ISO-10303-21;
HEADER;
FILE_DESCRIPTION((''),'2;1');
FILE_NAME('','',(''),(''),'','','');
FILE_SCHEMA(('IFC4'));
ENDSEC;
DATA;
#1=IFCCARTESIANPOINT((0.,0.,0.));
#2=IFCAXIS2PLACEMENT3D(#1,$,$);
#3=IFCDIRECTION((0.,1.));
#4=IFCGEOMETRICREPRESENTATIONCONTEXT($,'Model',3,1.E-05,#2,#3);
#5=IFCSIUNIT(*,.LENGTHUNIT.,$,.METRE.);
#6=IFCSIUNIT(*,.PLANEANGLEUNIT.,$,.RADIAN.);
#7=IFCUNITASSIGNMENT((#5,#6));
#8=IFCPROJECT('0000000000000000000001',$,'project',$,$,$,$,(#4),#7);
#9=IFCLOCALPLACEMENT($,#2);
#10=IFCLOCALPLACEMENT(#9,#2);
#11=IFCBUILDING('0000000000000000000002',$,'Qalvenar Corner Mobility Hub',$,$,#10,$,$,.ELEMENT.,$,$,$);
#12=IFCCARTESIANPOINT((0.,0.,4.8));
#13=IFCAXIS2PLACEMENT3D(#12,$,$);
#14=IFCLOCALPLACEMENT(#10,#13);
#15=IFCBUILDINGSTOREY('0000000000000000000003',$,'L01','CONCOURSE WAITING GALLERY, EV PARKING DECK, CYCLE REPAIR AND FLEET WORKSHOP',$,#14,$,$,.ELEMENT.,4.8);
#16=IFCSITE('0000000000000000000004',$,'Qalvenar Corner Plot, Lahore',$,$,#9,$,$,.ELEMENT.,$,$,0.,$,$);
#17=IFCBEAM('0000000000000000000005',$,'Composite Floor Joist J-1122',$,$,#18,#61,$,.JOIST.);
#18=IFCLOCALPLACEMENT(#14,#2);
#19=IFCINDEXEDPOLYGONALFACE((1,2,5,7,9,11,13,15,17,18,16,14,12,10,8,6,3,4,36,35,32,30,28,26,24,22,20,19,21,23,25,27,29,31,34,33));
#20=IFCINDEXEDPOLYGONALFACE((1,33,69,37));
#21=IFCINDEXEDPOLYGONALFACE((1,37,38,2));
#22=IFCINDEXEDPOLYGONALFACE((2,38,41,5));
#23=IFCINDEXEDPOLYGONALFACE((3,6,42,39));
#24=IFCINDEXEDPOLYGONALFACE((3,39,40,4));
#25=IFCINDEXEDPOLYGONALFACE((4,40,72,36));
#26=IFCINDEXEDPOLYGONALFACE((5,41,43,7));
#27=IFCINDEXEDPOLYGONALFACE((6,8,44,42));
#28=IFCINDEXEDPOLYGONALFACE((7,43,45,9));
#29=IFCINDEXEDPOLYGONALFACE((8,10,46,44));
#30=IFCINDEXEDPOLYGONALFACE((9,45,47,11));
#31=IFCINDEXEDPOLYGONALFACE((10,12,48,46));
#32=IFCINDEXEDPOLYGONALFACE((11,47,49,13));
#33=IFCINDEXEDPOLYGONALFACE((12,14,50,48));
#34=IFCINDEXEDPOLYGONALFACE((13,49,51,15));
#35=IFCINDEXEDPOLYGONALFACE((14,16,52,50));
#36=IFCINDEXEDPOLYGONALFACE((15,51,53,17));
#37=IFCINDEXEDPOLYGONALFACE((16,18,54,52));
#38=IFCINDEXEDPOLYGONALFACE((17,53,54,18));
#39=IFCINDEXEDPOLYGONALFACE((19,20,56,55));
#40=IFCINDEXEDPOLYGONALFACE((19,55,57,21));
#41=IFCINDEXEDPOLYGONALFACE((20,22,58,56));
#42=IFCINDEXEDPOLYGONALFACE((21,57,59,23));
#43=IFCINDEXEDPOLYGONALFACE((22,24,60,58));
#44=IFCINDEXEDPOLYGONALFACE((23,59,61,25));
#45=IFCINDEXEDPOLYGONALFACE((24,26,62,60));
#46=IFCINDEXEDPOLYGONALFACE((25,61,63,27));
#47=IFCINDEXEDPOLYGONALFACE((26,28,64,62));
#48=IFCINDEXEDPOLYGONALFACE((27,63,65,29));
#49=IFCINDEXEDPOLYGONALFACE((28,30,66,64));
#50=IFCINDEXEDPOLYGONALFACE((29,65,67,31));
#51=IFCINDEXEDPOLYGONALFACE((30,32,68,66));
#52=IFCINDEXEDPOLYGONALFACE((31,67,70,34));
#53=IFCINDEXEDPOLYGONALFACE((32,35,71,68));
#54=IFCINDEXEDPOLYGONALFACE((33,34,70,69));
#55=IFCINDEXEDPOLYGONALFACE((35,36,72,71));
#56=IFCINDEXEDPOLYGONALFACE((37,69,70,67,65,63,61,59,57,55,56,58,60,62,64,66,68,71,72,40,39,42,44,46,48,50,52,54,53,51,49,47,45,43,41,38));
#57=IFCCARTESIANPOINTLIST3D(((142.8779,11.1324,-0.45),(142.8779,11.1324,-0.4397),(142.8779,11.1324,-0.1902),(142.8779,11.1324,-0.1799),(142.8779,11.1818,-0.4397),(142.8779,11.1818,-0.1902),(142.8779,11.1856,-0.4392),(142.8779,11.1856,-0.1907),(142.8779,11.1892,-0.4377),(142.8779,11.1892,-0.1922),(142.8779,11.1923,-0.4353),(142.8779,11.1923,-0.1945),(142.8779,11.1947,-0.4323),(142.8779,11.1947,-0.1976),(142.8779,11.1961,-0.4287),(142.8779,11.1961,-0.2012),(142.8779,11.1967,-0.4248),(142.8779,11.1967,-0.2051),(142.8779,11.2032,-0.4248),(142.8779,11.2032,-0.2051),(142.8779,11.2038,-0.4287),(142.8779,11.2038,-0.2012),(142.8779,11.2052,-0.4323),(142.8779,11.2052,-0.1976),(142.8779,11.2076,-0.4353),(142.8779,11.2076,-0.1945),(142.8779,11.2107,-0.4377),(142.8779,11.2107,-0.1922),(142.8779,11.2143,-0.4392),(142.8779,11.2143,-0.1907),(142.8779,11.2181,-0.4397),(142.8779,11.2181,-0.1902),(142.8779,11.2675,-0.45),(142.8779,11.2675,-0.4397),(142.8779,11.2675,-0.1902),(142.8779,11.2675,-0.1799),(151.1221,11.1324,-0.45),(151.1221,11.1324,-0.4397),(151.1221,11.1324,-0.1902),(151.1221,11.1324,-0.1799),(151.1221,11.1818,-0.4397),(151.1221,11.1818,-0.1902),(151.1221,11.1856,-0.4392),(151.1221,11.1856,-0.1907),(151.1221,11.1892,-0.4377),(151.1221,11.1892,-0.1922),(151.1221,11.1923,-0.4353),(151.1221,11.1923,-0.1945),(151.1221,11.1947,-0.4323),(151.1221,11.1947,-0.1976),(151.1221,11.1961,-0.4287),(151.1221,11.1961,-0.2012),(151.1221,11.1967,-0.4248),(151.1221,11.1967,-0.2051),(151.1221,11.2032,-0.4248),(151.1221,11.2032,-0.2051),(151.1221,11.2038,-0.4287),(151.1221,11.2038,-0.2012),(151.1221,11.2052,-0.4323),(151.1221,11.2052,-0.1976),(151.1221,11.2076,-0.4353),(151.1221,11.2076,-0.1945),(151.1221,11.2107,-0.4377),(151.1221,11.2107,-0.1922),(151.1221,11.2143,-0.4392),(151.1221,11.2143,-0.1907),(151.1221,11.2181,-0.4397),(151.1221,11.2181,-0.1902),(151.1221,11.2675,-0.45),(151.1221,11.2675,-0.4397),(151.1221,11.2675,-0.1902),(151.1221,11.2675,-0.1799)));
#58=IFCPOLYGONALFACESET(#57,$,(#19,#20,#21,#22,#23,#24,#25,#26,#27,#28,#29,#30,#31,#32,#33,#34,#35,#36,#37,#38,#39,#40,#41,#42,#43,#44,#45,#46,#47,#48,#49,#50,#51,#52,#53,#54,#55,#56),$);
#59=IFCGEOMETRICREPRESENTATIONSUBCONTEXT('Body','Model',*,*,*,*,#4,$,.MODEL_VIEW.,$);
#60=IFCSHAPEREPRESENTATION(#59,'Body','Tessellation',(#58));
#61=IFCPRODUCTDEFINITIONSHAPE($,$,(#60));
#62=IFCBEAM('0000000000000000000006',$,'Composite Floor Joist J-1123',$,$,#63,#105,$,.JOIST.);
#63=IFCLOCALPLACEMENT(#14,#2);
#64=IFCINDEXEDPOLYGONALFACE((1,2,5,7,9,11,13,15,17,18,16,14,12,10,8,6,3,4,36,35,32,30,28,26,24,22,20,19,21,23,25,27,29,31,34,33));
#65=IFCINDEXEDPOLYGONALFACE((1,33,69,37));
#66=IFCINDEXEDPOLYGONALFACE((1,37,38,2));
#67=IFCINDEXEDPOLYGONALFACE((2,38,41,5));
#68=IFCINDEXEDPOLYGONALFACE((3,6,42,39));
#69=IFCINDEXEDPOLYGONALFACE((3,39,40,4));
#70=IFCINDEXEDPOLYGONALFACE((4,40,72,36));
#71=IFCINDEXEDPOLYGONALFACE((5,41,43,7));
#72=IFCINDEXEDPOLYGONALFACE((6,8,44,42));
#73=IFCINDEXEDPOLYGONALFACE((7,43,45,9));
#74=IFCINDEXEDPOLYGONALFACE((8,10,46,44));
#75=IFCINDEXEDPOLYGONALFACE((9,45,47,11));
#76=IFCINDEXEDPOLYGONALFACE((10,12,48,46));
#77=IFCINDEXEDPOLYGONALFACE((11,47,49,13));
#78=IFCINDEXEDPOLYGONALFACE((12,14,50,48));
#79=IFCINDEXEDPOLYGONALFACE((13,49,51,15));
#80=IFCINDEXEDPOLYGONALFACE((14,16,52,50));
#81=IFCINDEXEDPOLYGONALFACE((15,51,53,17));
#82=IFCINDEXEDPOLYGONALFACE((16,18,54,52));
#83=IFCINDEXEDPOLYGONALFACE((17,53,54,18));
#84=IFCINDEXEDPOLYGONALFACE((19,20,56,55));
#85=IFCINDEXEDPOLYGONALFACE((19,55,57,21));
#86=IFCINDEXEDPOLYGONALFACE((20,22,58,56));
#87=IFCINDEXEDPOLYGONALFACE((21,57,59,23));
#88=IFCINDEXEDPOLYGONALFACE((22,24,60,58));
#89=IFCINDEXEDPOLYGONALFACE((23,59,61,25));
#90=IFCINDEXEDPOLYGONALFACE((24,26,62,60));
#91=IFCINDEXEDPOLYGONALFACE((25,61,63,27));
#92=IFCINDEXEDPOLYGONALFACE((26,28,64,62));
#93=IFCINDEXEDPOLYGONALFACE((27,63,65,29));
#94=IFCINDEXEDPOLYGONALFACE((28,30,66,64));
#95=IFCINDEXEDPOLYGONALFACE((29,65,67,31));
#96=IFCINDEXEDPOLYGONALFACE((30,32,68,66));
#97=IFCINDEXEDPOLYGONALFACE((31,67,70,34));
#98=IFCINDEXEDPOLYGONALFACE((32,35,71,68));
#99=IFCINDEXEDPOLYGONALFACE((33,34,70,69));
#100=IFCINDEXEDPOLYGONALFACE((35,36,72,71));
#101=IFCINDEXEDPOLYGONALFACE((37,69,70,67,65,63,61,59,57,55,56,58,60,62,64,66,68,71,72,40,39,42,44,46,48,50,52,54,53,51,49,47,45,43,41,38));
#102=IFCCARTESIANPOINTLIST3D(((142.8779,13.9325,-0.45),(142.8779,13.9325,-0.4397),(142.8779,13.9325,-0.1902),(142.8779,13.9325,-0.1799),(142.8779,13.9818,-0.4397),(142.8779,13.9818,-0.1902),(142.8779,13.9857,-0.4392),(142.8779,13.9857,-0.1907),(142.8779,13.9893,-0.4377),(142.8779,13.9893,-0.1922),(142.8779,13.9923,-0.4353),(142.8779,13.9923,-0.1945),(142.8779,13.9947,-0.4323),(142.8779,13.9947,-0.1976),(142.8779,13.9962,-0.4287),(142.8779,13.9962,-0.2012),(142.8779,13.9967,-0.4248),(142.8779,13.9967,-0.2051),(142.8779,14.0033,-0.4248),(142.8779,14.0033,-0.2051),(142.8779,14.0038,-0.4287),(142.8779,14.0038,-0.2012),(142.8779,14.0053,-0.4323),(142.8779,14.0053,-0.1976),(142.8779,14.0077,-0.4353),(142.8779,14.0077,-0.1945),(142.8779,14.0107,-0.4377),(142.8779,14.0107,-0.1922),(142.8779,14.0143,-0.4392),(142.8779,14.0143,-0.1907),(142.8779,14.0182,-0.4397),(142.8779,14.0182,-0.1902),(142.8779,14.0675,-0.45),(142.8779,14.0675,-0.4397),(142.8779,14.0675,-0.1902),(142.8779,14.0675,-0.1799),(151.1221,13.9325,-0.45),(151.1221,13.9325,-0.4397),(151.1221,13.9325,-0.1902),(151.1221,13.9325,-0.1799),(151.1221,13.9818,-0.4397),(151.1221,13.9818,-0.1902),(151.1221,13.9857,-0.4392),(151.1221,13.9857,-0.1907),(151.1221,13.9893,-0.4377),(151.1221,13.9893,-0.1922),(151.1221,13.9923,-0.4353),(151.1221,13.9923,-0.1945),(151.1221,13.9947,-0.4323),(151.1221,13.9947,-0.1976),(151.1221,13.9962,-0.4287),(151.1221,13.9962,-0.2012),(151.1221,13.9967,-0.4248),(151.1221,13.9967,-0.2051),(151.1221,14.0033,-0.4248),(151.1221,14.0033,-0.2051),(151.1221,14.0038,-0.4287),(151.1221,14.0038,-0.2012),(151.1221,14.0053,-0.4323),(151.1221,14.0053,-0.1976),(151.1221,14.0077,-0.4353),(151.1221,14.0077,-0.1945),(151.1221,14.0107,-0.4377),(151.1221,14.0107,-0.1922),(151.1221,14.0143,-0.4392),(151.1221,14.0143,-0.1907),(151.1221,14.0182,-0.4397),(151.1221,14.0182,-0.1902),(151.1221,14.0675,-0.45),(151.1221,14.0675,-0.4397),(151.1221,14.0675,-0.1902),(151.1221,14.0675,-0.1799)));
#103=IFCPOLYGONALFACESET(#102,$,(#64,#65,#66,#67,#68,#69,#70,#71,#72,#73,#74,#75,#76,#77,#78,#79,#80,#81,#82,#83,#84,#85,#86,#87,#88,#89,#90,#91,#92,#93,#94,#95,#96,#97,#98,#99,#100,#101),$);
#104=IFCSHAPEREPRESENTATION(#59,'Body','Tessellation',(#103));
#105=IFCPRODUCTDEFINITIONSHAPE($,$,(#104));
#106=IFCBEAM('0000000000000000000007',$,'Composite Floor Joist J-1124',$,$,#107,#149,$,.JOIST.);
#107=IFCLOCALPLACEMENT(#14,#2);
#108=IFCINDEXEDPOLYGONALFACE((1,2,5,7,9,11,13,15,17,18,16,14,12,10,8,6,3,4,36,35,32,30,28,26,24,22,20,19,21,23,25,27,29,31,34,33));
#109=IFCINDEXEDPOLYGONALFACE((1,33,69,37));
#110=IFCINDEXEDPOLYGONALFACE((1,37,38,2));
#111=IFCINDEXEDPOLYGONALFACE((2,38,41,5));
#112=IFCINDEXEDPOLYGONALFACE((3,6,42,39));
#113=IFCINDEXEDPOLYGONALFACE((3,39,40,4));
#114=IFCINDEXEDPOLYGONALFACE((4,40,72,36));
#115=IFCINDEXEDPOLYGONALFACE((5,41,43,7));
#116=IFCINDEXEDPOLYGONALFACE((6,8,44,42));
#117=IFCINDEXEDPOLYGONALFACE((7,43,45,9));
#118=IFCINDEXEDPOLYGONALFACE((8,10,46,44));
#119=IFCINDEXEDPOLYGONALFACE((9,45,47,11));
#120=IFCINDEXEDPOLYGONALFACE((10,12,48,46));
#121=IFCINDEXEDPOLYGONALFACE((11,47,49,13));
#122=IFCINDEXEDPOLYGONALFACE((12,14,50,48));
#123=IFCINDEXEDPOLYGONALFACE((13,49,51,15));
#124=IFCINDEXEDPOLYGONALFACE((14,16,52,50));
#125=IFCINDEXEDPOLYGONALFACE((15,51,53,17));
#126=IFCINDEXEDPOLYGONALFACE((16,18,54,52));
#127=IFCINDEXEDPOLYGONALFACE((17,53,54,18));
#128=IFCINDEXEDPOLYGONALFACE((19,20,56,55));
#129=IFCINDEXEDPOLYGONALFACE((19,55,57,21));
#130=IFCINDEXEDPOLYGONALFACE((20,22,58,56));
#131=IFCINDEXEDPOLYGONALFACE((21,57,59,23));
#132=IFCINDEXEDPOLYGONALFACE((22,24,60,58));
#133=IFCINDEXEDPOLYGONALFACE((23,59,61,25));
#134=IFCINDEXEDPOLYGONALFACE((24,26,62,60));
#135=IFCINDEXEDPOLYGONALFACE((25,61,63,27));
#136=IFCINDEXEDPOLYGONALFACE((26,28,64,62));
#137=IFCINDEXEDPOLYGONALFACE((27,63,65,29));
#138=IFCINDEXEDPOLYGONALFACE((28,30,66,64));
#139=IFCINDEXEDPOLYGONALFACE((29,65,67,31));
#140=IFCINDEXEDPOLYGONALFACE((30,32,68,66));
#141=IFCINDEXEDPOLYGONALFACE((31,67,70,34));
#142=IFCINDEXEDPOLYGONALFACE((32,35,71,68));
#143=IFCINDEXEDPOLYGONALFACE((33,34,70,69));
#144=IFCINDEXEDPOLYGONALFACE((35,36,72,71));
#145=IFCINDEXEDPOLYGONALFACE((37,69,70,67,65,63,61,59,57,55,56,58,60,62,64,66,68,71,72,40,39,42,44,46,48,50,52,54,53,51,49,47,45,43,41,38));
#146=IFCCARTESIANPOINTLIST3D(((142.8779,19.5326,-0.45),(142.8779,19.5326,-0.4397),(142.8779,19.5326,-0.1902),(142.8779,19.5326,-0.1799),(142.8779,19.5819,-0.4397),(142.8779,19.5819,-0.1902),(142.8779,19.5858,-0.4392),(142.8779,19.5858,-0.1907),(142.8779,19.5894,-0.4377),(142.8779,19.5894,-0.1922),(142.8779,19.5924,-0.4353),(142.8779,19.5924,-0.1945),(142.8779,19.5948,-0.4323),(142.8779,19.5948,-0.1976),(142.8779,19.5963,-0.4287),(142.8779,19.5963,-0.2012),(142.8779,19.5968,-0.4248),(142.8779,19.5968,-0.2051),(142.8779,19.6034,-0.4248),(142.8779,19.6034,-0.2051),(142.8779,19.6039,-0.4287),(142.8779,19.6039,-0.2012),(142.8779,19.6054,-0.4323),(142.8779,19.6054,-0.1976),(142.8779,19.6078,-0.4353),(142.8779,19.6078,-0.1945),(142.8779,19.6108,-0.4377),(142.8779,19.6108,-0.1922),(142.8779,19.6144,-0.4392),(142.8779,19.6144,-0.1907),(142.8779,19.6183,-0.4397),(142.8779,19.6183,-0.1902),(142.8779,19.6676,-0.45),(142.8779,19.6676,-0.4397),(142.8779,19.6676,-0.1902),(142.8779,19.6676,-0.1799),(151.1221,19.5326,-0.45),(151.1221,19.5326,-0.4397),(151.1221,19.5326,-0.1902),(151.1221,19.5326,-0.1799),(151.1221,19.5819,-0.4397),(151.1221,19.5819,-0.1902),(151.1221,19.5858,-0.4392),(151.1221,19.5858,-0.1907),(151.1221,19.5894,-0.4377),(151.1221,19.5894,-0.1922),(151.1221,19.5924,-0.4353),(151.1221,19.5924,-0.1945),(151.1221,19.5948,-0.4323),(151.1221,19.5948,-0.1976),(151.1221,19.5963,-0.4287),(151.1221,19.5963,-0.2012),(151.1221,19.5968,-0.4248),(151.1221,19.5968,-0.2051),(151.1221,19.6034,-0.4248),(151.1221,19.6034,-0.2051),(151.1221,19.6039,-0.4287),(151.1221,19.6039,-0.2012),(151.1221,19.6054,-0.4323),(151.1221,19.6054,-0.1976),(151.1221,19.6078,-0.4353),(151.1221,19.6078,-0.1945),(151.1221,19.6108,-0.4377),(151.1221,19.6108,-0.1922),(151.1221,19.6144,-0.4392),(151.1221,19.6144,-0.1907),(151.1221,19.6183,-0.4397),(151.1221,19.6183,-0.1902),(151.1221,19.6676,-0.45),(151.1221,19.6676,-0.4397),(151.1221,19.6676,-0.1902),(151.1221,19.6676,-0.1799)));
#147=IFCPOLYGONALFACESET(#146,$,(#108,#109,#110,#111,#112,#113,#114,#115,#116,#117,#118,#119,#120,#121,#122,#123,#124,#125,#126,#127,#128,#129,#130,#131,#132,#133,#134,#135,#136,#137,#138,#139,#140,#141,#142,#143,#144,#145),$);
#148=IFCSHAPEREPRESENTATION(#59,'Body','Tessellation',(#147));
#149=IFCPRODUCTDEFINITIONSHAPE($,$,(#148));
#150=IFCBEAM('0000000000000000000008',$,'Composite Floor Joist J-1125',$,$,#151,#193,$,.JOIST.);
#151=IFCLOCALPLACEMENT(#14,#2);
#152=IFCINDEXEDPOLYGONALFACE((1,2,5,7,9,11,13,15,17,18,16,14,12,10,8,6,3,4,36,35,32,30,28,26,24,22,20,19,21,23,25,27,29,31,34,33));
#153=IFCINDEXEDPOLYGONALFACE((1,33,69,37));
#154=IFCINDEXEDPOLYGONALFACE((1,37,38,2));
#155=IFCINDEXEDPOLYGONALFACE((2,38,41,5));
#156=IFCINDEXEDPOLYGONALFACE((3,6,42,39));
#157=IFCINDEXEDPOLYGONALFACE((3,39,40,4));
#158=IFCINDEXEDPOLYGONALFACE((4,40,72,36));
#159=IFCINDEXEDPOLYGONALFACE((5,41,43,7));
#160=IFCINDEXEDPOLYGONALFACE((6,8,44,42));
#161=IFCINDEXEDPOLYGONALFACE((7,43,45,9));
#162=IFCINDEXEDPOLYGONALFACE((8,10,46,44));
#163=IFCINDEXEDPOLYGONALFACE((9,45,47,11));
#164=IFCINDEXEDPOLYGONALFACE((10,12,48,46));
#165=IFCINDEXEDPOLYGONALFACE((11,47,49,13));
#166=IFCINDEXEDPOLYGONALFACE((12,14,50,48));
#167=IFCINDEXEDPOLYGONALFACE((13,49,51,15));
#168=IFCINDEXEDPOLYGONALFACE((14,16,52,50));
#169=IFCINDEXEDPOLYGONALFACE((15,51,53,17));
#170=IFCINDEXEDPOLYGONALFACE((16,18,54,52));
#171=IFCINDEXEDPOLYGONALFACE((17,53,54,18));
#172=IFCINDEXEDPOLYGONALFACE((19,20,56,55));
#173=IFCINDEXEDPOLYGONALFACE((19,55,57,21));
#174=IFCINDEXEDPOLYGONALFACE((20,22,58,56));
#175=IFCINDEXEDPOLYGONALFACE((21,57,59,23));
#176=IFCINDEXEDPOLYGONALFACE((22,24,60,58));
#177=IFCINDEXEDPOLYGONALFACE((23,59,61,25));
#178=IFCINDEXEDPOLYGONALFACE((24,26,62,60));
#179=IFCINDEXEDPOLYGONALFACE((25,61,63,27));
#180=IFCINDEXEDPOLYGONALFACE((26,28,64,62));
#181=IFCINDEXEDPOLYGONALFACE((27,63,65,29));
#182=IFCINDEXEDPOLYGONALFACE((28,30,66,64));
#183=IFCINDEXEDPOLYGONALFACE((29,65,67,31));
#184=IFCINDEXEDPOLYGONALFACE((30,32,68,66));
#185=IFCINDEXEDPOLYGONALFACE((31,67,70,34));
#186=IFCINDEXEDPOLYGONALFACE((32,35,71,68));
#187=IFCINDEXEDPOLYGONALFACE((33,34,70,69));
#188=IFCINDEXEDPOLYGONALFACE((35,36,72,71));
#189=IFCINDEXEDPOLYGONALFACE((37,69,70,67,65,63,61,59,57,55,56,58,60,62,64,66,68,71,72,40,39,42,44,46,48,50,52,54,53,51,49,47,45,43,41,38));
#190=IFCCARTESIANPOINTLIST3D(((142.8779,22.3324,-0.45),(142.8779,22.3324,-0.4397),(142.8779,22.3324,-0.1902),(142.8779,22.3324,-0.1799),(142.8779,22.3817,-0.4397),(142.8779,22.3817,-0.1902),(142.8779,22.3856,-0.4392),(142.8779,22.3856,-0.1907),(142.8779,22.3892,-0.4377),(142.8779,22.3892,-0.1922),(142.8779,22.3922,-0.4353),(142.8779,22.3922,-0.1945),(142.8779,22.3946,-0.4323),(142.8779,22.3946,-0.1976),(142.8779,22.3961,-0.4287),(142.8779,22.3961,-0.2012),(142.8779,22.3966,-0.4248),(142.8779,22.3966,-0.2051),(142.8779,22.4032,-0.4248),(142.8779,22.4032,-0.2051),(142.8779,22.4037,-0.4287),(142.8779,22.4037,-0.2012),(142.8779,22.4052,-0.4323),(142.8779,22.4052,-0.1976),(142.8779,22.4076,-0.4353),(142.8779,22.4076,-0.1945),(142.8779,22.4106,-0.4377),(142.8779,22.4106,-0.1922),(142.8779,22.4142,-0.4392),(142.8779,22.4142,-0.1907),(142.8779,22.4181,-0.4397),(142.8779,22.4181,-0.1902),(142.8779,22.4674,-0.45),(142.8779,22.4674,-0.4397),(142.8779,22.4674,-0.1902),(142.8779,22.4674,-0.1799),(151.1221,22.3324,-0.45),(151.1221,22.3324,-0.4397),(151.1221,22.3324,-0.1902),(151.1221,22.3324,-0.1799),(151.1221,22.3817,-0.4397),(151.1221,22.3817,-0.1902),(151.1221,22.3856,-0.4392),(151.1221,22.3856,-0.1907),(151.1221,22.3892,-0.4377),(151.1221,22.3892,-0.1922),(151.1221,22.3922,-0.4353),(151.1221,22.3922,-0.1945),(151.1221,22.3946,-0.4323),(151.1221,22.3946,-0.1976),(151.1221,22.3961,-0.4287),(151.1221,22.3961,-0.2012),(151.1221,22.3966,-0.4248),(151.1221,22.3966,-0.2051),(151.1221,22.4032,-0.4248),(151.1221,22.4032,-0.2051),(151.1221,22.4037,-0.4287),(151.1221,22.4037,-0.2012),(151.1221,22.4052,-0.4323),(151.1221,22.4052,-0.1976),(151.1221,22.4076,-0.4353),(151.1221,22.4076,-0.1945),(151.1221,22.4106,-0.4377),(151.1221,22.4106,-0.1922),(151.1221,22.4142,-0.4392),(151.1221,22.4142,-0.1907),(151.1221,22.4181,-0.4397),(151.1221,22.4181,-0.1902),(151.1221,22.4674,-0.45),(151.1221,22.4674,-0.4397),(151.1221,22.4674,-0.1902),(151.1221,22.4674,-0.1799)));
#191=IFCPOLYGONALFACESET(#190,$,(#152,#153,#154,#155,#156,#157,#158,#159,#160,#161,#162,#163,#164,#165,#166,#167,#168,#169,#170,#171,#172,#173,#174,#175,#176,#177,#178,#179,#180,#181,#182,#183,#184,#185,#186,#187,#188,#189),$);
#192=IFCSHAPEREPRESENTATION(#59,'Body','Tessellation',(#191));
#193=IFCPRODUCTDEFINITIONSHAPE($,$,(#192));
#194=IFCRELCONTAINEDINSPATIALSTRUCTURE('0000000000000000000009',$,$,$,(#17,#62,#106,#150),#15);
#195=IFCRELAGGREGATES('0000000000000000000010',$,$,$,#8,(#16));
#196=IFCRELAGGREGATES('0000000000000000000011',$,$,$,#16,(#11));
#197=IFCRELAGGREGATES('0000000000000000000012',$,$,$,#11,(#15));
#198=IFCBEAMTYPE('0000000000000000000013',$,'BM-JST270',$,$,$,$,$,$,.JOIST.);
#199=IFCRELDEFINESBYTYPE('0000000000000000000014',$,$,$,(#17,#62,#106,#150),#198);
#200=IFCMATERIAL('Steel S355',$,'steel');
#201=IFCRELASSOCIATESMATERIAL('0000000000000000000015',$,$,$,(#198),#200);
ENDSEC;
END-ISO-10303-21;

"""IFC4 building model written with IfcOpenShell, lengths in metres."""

from ifc_helpers import new_model, si_unit, direction, frame, origin, origin_2d, place, context, subcontext, project, spatial, i_section, extrude, material, material_profile, profile_set, type_object, element, save


model = new_model("IFC4")

# Units and contexts
model_context = context("Model", 3, precision=1e-05, world=origin(), true_north=direction((0.0, 1.0)))
body_context = subcontext(model_context, "Body", "Model", "MODEL_VIEW")
ifc_project = project(units=[si_unit("LENGTHUNIT", "METRE"), si_unit("PLANEANGLEUNIT", "RADIAN")], contexts=[model_context])

# Site, building, storey
site_placement = place(None, origin())
site = spatial("IfcSite", under=ifc_project, at=site_placement, Name="Qalvenar Corner Plot, Lahore", CompositionType="ELEMENT", RefElevation=0.0)
building_placement = place(site_placement, origin())
building = spatial("IfcBuilding", under=site, at=building_placement, Name="Qalvenar Corner Mobility Hub", CompositionType="ELEMENT")
storey_placement = place(building_placement, frame((0.0, 0.0, 4.8)))
storey = spatial("IfcBuildingStorey", under=building, at=storey_placement, Name="L01", Description="CONCOURSE WAITING GALLERY, EV PARKING DECK, CYCLE REPAIR AND FLEET WORKSHOP", CompositionType="ELEMENT", Elevation=4.8)

# Shared definitions
ifc_material_1 = material(Name="Steel S355", Category="steel")

# Beams
ifc_material_profile_1 = material_profile(ifc_material_1, i_section(OverallWidth=0.135, OverallDepth=0.27, WebThickness=0.0066, FlangeThickness=0.0103, FilletRadius=0.0149, at=origin_2d()), Name="IPE270")
ifc_profile_set_1 = profile_set([ifc_material_profile_1], Name="Steel S355")
beam_type_1 = type_object("IfcBeamType", Name="BM-JST270", PredefinedType="JOIST", material=ifc_profile_set_1)
for number, where, z_axis, x_axis, name in (
    (1, (142.8779, 11.2, -0.3149), (1.0, 0.0, 0.0), (0.0, 1.0, 0.0), "Composite Floor Joist J-1122"),
    (2, (142.8779, 14.0, -0.3149), (1.0, 0.0, 0.0), (0.0, 1.0, 0.0), "Composite Floor Joist J-1123"),
    (3, (142.8779, 19.6001, -0.3149), (1.0, 0.0, 0.0), (0.0, 1.0, 0.0), "Composite Floor Joist J-1124"),
    (4, (142.8779, 22.3999, -0.3149), (1.0, 0.0, 0.0), (0.0, 1.0, 0.0), "Composite Floor Joist J-1125"),
):
    element("IfcBeam", number, at=place(storey_placement, frame(where, z_axis=z_axis, x_axis=x_axis)), inside=storey, type_object=beam_type_1, Name=name, PredefinedType="JOIST", context=body_context, shape_type="SweptSolid", body=[
        extrude(i_section(OverallWidth=0.135, OverallDepth=0.27, WebThickness=0.0066, FlangeThickness=0.0103, FilletRadius=0.0149, at=origin_2d()), origin(), (0.0, 0.0, 1.0), 8.2441),
    ])

save(model, "model.ifc")
